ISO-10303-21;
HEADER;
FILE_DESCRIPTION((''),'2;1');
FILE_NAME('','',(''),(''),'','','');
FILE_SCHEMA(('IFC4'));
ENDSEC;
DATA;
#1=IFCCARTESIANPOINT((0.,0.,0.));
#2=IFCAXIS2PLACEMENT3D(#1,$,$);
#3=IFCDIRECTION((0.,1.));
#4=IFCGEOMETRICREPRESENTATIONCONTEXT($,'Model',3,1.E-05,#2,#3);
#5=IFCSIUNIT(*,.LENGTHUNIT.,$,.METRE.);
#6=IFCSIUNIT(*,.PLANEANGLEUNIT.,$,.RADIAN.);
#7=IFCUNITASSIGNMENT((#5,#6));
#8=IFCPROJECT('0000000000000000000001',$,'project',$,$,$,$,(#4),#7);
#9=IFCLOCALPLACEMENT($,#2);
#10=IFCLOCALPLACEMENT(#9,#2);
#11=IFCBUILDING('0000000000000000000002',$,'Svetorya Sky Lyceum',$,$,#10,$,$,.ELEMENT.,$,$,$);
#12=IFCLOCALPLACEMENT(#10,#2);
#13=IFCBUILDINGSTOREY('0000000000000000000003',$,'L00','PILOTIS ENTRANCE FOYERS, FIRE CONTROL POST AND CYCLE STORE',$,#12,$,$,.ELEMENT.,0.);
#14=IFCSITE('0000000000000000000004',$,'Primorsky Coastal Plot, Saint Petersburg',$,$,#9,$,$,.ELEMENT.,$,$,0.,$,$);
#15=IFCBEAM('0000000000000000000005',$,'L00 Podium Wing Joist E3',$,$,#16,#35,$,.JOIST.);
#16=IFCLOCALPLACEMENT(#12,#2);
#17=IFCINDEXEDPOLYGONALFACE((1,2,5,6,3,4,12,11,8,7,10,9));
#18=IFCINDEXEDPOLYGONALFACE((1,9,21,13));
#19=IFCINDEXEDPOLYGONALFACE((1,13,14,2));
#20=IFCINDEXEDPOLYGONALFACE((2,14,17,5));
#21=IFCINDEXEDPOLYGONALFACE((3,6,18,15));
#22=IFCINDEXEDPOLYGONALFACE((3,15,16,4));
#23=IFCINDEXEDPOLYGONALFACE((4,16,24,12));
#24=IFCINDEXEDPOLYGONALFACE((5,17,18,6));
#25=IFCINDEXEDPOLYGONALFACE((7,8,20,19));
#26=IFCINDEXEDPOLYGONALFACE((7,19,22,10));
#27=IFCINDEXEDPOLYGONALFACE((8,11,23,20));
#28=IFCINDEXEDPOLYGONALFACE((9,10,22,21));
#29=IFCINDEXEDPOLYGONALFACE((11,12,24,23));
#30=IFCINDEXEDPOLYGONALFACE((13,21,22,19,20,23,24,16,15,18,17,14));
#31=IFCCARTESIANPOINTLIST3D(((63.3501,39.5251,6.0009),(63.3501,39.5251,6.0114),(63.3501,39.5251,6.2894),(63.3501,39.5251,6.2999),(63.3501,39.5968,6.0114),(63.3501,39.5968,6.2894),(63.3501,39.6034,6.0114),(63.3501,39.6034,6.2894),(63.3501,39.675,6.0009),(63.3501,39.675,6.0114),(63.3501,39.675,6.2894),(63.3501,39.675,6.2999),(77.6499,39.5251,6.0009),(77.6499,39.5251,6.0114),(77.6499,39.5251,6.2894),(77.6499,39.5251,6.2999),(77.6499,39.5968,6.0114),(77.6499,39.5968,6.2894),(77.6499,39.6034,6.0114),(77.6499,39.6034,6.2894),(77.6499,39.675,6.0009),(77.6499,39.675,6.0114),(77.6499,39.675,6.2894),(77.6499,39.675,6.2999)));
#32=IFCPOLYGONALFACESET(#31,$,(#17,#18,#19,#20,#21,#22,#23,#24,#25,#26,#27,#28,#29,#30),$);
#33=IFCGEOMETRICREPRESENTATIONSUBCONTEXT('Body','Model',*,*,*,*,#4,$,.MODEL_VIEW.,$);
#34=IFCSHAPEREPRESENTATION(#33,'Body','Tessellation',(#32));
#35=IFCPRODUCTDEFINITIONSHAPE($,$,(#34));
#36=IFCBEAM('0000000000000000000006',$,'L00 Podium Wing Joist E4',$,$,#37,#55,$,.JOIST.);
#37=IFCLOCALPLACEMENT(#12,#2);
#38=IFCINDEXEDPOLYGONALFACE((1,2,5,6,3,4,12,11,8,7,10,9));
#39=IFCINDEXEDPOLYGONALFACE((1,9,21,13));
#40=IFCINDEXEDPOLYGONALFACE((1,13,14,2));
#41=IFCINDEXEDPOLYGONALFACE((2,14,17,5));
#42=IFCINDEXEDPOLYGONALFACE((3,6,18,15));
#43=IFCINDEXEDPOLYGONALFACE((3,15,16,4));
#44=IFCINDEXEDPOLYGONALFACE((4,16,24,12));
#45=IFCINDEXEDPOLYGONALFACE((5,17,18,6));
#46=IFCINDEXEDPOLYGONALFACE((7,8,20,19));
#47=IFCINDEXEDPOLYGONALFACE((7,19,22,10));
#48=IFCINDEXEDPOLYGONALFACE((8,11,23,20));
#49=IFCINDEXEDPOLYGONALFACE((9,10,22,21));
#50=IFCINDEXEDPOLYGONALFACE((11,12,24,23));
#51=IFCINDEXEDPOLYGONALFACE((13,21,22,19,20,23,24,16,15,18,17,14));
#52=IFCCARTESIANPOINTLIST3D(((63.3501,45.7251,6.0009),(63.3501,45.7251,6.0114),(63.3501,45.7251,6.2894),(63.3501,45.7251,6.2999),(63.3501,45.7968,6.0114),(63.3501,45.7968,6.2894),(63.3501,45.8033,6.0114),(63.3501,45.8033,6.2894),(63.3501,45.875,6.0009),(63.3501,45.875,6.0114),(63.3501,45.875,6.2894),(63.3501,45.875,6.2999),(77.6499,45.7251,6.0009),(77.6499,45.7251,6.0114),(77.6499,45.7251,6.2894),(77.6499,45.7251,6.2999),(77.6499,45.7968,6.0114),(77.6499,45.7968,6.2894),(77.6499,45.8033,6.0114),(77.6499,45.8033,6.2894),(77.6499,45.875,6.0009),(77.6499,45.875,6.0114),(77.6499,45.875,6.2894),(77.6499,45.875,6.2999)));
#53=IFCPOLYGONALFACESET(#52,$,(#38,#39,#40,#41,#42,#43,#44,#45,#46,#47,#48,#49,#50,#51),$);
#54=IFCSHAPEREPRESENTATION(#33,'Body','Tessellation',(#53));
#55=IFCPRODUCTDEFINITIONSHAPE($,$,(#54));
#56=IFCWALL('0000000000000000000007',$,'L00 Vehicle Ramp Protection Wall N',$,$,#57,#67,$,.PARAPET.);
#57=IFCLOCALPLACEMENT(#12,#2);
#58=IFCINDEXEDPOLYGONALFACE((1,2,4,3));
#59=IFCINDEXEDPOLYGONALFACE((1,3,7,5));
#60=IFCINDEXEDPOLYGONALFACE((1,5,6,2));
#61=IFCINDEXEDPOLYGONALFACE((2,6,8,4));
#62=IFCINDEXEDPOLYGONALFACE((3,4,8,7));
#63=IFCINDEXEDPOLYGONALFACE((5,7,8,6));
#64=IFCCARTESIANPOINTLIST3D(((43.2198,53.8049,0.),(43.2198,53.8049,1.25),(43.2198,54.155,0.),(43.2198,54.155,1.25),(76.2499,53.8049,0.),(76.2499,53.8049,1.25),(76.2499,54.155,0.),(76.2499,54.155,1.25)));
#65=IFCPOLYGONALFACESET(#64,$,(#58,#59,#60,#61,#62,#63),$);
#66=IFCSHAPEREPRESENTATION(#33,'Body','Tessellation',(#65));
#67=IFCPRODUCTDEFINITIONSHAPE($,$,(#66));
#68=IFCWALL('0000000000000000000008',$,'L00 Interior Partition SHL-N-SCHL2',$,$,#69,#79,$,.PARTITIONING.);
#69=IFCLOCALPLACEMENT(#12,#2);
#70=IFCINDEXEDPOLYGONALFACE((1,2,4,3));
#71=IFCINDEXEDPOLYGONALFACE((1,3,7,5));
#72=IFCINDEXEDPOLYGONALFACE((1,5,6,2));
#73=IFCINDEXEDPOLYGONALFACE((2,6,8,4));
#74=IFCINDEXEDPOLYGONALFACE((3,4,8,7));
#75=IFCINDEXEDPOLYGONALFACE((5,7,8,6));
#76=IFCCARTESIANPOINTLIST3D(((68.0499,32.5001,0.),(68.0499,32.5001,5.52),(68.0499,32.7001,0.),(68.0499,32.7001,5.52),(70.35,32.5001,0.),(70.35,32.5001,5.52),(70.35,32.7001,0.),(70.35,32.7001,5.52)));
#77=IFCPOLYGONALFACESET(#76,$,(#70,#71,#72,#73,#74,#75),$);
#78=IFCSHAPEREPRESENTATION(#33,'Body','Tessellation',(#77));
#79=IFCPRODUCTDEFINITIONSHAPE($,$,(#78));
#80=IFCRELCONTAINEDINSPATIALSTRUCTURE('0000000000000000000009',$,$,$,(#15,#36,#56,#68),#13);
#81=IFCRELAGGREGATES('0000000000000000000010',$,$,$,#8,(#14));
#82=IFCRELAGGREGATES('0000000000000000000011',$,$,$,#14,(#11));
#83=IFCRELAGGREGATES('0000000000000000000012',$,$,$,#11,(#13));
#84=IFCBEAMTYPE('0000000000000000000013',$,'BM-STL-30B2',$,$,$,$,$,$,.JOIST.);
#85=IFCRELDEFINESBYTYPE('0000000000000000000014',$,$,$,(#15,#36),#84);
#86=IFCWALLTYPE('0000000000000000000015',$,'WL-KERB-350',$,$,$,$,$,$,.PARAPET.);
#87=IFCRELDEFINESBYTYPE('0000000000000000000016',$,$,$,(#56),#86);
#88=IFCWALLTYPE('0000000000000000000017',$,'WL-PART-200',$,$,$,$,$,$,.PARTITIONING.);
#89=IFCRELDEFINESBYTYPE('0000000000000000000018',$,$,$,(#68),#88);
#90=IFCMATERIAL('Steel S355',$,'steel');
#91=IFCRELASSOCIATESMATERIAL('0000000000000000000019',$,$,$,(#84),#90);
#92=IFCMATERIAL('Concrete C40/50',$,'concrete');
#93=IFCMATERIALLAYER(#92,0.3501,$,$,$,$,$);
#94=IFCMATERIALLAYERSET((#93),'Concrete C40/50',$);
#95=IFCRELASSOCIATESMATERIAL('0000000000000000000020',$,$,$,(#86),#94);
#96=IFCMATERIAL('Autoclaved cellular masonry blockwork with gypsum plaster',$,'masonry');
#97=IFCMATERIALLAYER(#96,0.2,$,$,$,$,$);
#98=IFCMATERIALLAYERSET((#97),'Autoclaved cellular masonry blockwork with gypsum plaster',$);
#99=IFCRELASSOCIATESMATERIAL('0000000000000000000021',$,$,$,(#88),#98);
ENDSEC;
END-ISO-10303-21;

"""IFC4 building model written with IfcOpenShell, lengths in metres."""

from ifc_helpers import new_model, si_unit, direction, frame, frame_2d, origin, origin_2d, place, context, subcontext, project, spatial, rectangle, i_section, extrude, material, layer, layer_set, material_profile, profile_set, type_object, element, save


model = new_model("IFC4")

# Units and contexts
model_context = context("Model", 3, precision=1e-05, world=origin(), true_north=direction((0.0, 1.0)))
body_context = subcontext(model_context, "Body", "Model", "MODEL_VIEW")
ifc_project = project(units=[si_unit("LENGTHUNIT", "METRE"), si_unit("PLANEANGLEUNIT", "RADIAN")], contexts=[model_context])

# Site, building, storey
site_placement = place(None, origin())
site = spatial("IfcSite", under=ifc_project, at=site_placement, Name="Primorsky Coastal Plot, Saint Petersburg", CompositionType="ELEMENT", RefElevation=0.0)
building_placement = place(site_placement, origin())
building = spatial("IfcBuilding", under=site, at=building_placement, Name="Svetorya Sky Lyceum", CompositionType="ELEMENT")
storey_placement = place(building_placement, origin())
storey = spatial("IfcBuildingStorey", under=building, at=storey_placement, Name="L00", Description="PILOTIS ENTRANCE FOYERS, FIRE CONTROL POST AND CYCLE STORE", CompositionType="ELEMENT", Elevation=0.0)

# Beams
ifc_material_1 = material(Name="Steel S355", Category="steel")
ifc_material_profile_1 = material_profile(ifc_material_1, i_section(OverallWidth=0.1499, OverallDepth=0.2991, WebThickness=0.0066, FlangeThickness=0.0105, at=origin_2d()), Name="GOST 30B2")
ifc_profile_set_1 = profile_set([ifc_material_profile_1], Name="Steel S355")
beam_type_1 = type_object("IfcBeamType", Name="BM-STL-30B2", PredefinedType="JOIST", material=ifc_profile_set_1)
for number, where, z_axis, x_axis, name in (
    (1, (63.3501, 39.6001, 6.1504), (1.0, 0.0, 0.0), (0.0, 1.0, 0.0), "L00 Podium Wing Joist E3"),
    (2, (63.3501, 45.8, 6.1504), (1.0, 0.0, 0.0), (0.0, 1.0, 0.0), "L00 Podium Wing Joist E4"),
):
    element("IfcBeam", number, at=place(storey_placement, frame(where, z_axis=z_axis, x_axis=x_axis)), inside=storey, type_object=beam_type_1, Name=name, PredefinedType="JOIST", context=body_context, shape_type="SweptSolid", body=[
        extrude(i_section(OverallWidth=0.1499, OverallDepth=0.2991, WebThickness=0.0066, FlangeThickness=0.0105, at=origin_2d()), origin(), (0.0, 0.0, 1.0), 14.2998),
    ])

# Walls
ifc_material_2 = material(Name="Concrete C40/50", Category="concrete")
ifc_layer_1 = layer(ifc_material_2, 0.3501)
ifc_layer_set_1 = layer_set([ifc_layer_1], Name="Concrete C40/50")
wall_type_1 = type_object("IfcWallType", Name="WL-KERB-350", PredefinedType="PARAPET", material=ifc_layer_set_1)
wall_1_placement = place(storey_placement, frame((76.25, 53.98, 0.0), z_axis=(0.0, 0.0, 1.0), x_axis=(-1.0, 0.0, 0.0)))
element("IfcWall", 3, at=wall_1_placement, inside=storey, type_object=wall_type_1, Name="L00 Vehicle Ramp Protection Wall N", PredefinedType="PARAPET", context=body_context, shape_type="SweptSolid", body=[
    extrude(rectangle(XDim=33.03, YDim=0.3501, at=frame_2d((16.5151, 0.0))), origin(), (0.0, 0.0, 1.0), 1.25),
])
ifc_material_3 = material(Name="Autoclaved cellular masonry blockwork with gypsum plaster", Category="masonry")
ifc_layer_2 = layer(ifc_material_3, 0.2)
ifc_layer_set_2 = layer_set([ifc_layer_2], Name="Autoclaved cellular masonry blockwork with gypsum plaster")
wall_type_2 = type_object("IfcWallType", Name="WL-PART-200", PredefinedType="PARTITIONING", material=ifc_layer_set_2)
wall_2_placement = place(storey_placement, frame((68.05, 32.6001, 0.0), z_axis=(0.0, 0.0, 1.0), x_axis=(1.0, 0.0, 0.0)))
element("IfcWall", 4, at=wall_2_placement, inside=storey, type_object=wall_type_2, Name="L00 Interior Partition SHL-N-SCHL2", PredefinedType="PARTITIONING", context=body_context, shape_type="SweptSolid", body=[
    extrude(rectangle(XDim=2.3, YDim=0.2, at=frame_2d((1.1499, 0.0))), origin(), (0.0, 0.0, 1.0), 5.52),
])

save(model, "model.ifc")
